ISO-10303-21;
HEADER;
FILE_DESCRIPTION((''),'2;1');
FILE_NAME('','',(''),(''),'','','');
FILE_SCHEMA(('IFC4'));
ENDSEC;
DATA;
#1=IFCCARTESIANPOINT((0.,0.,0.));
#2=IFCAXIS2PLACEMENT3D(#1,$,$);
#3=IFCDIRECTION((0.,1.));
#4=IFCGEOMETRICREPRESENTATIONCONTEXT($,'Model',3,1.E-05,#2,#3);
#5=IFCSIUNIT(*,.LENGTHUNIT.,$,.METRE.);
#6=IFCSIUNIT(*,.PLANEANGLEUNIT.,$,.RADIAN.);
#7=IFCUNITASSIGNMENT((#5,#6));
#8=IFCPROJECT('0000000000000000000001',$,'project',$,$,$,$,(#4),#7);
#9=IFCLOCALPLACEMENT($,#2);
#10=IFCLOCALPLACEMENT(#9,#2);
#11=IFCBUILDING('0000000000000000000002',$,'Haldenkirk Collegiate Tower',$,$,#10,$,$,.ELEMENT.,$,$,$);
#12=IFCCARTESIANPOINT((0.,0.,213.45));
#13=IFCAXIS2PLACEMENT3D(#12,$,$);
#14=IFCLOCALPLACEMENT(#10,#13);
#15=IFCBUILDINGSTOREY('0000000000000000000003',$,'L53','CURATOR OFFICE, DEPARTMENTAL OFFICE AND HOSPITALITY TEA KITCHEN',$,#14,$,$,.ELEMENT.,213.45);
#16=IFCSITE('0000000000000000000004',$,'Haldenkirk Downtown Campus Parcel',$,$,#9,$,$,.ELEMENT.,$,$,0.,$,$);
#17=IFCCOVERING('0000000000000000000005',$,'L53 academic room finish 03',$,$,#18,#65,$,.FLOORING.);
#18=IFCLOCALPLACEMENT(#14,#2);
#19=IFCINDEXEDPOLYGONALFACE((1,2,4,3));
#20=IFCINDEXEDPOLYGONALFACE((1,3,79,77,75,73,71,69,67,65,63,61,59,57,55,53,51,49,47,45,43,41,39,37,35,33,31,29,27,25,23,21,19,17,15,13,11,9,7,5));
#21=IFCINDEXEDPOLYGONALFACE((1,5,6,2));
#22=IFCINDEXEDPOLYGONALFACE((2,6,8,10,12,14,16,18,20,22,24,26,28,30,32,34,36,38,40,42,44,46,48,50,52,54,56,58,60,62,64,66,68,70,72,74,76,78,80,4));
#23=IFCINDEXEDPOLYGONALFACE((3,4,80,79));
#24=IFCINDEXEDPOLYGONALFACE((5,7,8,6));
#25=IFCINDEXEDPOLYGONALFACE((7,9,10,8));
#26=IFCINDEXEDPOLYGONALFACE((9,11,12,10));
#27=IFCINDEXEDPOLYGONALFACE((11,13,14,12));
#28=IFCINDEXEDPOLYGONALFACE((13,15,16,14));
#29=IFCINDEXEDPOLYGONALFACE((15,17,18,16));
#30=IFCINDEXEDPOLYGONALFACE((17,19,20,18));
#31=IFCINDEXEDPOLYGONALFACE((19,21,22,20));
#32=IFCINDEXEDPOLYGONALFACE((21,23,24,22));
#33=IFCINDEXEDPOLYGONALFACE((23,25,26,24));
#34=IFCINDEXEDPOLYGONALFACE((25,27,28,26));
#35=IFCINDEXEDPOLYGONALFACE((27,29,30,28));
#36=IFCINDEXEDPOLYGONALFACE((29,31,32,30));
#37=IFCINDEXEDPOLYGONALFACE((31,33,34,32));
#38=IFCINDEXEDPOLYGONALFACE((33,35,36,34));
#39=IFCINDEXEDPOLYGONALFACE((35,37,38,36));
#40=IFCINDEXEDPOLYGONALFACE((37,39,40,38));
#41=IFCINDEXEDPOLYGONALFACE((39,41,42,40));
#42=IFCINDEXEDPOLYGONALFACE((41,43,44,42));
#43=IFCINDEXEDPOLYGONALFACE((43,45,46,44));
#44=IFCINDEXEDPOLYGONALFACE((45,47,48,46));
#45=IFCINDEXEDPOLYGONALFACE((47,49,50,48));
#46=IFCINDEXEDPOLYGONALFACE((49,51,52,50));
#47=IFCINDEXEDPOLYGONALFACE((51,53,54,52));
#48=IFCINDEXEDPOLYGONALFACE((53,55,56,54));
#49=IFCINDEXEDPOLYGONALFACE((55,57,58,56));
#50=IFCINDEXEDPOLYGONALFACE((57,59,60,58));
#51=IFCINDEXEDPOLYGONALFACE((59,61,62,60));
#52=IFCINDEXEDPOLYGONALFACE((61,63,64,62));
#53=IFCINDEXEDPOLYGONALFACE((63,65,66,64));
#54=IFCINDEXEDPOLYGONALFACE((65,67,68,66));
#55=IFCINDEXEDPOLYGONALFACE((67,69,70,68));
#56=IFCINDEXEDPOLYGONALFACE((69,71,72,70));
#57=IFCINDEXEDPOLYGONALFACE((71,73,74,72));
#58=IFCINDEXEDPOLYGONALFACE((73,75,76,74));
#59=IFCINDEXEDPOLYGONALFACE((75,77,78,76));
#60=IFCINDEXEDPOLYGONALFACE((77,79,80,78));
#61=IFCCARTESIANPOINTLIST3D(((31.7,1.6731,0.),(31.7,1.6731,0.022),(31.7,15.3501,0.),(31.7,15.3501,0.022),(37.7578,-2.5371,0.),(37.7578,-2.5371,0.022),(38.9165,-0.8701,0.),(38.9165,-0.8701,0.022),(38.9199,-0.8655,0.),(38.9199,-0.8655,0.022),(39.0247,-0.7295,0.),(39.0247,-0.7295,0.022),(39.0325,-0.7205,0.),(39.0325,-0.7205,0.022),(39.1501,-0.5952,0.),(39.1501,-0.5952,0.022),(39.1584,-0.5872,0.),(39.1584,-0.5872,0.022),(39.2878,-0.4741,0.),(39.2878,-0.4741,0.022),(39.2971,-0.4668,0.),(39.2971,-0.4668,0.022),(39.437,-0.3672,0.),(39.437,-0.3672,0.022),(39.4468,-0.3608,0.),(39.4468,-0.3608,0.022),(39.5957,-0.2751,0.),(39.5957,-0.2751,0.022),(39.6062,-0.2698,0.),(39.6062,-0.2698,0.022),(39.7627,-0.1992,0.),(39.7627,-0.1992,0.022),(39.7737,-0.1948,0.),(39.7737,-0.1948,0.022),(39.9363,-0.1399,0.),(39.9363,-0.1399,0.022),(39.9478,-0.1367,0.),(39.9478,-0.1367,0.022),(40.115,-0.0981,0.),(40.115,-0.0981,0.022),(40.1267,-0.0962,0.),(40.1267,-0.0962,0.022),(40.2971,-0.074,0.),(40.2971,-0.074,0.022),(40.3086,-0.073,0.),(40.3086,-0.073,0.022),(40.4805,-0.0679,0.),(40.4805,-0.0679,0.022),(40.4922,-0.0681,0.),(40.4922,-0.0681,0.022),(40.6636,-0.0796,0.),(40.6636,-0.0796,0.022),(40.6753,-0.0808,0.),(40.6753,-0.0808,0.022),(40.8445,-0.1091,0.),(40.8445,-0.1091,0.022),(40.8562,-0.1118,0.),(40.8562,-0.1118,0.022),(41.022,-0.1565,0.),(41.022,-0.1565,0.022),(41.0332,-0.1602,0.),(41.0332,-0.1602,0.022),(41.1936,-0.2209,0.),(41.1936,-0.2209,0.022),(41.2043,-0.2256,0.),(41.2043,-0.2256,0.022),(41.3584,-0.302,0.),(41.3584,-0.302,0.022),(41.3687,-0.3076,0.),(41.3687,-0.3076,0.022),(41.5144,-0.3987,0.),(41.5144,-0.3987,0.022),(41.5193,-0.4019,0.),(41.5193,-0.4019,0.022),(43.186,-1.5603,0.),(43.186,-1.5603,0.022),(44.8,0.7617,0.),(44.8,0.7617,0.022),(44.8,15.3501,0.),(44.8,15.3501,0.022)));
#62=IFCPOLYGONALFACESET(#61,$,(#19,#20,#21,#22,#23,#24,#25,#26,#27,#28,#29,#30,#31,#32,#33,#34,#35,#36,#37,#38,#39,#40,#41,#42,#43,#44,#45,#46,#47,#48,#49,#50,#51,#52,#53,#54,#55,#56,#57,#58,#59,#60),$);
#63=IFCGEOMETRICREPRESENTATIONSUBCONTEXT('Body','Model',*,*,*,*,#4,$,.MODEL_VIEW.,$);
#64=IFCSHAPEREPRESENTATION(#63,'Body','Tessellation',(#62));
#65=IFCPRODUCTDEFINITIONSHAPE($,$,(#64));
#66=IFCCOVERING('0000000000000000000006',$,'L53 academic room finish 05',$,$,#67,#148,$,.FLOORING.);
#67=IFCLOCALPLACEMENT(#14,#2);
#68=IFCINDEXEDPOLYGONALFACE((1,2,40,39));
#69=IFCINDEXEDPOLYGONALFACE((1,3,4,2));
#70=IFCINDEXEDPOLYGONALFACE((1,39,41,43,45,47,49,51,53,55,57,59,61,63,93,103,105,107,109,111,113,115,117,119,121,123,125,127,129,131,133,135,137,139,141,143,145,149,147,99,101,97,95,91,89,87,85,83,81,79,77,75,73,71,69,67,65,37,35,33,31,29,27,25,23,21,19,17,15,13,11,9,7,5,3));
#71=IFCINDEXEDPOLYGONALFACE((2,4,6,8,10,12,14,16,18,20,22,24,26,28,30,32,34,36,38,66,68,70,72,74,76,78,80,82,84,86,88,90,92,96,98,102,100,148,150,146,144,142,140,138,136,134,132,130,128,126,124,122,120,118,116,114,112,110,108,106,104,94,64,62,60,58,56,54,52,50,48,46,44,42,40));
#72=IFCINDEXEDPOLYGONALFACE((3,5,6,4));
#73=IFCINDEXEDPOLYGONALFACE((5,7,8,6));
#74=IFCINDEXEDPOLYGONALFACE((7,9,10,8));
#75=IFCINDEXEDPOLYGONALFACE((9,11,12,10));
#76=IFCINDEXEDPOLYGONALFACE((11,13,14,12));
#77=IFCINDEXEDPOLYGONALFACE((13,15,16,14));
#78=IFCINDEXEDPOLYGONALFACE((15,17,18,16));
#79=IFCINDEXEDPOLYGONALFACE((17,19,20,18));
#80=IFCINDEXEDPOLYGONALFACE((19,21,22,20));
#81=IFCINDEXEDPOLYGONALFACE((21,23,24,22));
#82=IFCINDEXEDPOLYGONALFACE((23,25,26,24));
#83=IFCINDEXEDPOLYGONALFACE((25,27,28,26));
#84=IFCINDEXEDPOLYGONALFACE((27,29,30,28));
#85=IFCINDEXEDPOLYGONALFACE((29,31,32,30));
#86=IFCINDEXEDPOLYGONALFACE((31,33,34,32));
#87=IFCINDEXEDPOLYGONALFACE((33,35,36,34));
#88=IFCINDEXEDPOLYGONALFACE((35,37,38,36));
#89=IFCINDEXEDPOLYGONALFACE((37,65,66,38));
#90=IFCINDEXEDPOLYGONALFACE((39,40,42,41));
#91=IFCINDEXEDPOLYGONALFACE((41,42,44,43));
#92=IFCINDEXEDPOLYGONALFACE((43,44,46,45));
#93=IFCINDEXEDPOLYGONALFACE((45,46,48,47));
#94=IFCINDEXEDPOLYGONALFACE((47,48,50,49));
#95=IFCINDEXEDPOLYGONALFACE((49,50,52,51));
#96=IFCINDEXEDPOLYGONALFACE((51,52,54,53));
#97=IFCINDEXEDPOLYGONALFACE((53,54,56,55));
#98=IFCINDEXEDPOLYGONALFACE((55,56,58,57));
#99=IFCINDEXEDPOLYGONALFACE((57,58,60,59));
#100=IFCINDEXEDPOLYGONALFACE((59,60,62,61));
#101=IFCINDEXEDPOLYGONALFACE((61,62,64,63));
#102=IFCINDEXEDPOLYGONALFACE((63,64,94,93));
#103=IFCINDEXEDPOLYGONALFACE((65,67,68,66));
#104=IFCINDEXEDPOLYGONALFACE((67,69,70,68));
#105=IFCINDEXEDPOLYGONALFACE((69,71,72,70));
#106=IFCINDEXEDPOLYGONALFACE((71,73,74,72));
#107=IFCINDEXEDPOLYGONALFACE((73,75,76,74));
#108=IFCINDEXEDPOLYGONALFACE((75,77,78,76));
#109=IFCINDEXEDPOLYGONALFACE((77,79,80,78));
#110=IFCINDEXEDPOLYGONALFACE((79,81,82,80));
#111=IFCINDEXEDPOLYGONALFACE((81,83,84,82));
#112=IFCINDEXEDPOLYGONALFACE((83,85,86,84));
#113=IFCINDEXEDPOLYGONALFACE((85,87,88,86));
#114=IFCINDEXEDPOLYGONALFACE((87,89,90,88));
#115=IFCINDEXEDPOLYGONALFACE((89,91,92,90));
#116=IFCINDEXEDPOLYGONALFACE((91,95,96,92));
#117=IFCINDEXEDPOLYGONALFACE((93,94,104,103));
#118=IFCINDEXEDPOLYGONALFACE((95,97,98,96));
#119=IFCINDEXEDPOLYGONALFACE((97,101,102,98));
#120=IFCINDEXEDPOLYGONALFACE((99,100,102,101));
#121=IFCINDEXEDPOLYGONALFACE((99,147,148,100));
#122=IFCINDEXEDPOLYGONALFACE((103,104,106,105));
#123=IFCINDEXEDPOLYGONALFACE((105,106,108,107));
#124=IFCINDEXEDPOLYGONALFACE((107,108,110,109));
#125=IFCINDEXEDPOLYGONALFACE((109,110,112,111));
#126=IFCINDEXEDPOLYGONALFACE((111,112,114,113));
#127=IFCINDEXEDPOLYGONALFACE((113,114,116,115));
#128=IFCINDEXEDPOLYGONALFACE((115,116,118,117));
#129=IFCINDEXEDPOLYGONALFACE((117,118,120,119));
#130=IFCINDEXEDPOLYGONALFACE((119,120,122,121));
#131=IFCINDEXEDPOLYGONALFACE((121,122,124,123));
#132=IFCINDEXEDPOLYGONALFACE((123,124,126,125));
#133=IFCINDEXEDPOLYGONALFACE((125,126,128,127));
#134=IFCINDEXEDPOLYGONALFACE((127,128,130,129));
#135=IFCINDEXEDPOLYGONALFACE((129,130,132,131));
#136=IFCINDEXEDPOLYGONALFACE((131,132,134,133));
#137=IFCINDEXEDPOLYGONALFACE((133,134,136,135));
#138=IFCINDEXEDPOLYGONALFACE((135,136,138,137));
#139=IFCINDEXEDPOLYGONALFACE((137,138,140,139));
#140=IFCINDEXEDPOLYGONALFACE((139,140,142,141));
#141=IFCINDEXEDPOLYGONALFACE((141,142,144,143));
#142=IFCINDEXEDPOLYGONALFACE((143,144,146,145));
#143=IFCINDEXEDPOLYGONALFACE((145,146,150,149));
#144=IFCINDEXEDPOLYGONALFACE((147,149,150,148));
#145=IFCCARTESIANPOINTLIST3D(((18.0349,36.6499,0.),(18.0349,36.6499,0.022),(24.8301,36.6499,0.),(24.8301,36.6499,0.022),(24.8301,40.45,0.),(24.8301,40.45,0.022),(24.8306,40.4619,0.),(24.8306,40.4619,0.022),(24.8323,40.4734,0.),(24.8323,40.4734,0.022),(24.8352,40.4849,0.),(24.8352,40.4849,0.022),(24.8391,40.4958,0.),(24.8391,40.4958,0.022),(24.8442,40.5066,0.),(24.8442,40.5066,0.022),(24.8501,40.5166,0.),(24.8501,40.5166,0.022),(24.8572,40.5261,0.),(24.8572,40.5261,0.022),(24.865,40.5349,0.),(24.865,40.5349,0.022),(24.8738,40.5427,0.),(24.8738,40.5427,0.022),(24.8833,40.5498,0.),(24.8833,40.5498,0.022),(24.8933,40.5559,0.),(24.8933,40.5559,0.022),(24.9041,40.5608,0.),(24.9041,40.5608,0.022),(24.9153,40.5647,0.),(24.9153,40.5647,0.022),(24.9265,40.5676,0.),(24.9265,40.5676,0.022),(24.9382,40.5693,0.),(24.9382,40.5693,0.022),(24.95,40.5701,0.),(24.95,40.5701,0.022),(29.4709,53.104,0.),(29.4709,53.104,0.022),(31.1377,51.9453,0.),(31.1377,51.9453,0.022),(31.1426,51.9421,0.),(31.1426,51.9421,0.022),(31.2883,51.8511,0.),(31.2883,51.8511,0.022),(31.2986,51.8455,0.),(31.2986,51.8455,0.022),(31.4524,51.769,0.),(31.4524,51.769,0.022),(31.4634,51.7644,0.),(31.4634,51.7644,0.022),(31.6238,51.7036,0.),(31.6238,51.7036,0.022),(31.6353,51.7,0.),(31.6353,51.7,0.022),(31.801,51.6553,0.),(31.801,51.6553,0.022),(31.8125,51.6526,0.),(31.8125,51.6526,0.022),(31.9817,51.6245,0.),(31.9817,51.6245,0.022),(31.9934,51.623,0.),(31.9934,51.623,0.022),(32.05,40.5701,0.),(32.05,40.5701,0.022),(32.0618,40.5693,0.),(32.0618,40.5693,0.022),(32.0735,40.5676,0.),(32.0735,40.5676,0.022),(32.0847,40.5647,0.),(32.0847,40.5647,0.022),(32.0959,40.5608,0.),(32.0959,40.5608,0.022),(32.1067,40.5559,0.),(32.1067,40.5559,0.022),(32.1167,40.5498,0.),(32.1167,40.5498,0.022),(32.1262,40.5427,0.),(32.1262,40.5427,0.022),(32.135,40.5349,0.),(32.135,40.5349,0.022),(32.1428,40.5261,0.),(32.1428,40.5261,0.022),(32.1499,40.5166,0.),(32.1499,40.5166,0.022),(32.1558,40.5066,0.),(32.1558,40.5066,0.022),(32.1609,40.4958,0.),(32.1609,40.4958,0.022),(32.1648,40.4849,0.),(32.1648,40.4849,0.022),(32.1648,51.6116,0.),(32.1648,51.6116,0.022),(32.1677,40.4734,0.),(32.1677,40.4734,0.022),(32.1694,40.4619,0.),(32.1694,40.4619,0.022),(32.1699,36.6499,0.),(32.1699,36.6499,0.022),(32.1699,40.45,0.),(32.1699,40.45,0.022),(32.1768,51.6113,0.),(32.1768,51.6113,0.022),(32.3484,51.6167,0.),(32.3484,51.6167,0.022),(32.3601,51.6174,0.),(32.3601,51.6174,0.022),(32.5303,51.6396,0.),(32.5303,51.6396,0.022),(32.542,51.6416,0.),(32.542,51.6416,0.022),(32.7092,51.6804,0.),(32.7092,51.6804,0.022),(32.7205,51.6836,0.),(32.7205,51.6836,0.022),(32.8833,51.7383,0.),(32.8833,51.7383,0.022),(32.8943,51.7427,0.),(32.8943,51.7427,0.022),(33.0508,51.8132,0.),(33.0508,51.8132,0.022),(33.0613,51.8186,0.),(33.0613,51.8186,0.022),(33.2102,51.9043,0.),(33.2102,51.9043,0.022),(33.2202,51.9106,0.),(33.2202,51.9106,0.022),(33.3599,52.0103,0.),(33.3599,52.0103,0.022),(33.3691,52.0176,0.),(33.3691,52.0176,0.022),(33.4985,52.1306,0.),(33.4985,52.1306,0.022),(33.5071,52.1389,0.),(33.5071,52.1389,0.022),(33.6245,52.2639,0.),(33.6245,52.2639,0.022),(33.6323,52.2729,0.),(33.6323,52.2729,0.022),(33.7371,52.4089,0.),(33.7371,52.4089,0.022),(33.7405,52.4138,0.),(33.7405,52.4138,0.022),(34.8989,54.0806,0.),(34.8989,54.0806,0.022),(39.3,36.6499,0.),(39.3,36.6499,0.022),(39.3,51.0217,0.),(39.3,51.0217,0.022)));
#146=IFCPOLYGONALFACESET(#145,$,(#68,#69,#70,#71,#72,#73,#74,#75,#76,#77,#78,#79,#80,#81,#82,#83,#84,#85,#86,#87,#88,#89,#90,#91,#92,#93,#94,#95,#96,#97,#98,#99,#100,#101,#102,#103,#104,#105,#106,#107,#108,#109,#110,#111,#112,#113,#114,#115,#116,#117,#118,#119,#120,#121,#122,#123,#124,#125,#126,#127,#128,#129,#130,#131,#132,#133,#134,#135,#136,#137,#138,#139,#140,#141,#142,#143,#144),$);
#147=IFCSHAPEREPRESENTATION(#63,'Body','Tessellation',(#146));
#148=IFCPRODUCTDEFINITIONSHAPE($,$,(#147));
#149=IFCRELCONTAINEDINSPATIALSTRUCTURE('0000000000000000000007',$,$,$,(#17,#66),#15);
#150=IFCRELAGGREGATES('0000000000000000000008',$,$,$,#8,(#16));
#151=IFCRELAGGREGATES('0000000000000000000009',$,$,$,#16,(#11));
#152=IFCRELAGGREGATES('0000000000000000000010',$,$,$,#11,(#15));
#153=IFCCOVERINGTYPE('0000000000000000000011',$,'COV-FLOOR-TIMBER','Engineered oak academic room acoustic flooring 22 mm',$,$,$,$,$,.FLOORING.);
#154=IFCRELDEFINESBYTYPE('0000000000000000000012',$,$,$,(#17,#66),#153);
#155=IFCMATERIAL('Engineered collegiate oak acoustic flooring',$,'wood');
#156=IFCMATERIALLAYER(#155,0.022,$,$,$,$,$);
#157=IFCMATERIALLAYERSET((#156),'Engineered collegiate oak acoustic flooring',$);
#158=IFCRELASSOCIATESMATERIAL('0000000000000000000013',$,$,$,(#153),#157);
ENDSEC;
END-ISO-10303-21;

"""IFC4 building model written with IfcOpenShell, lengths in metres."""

from ifc_helpers import new_model, si_unit, direction, frame, origin, place, context, subcontext, project, spatial, polyline, outline, extrude, material, layer, layer_set, type_object, element, save


model = new_model("IFC4")

# Units and contexts
model_context = context("Model", 3, precision=1e-05, world=origin(), true_north=direction((0.0, 1.0)))
body_context = subcontext(model_context, "Body", "Model", "MODEL_VIEW")
ifc_project = project(units=[si_unit("LENGTHUNIT", "METRE"), si_unit("PLANEANGLEUNIT", "RADIAN")], contexts=[model_context])

# Site, building, storey
site_placement = place(None, origin())
site = spatial("IfcSite", under=ifc_project, at=site_placement, Name="Haldenkirk Downtown Campus Parcel", CompositionType="ELEMENT", RefElevation=0.0)
building_placement = place(site_placement, origin())
building = spatial("IfcBuilding", under=site, at=building_placement, Name="Haldenkirk Collegiate Tower", CompositionType="ELEMENT")
storey_placement = place(building_placement, frame((0.0, 0.0, 213.45)))
storey = spatial("IfcBuildingStorey", under=building, at=storey_placement, Name="L53", Description="CURATOR OFFICE, DEPARTMENTAL OFFICE AND HOSPITALITY TEA KITCHEN", CompositionType="ELEMENT", Elevation=213.45)

# Coverings
ifc_material_1 = material(Name="Engineered collegiate oak acoustic flooring", Category="wood")
ifc_layer_1 = layer(ifc_material_1, 0.022)
ifc_layer_set_1 = layer_set([ifc_layer_1], Name="Engineered collegiate oak acoustic flooring")
covering_type_1 = type_object("IfcCoveringType", Name="COV-FLOOR-TIMBER", Description="Engineered oak academic room acoustic flooring 22 mm", PredefinedType="FLOORING", material=ifc_layer_set_1)
covering_1_placement = place(storey_placement, origin())
element("IfcCovering", 1, at=covering_1_placement, inside=storey, type_object=covering_type_1, Name="L53 academic room finish 03", PredefinedType="FLOORING", context=body_context, shape_type="SweptSolid", body=[
    extrude(outline(polyline([(40.8562, -0.1118), (40.8445, -0.1091), (40.6753, -0.0808), (40.6636, -0.0796), (40.4922, -0.0681), (40.4805, -0.0679), (40.3086, -0.073), (40.2971, -0.074), (40.1267, -0.0962), (40.115, -0.0981), (39.9478, -0.1367), (39.9363, -0.1399), (39.7737, -0.1948), (39.7627, -0.1992), (39.6062, -0.2698), (39.5957, -0.2751), (39.4468, -0.3608), (39.437, -0.3672), (39.2971, -0.4668), (39.2878, -0.4741), (39.1584, -0.5872), (39.1501, -0.5952), (39.0325, -0.7205), (39.0247, -0.7295), (38.9199, -0.8655), (38.9165, -0.8701), (37.7578, -2.5371), (31.7, 1.6731), (31.7, 15.3501), (44.8, 15.3501), (44.8, 0.7617), (43.186, -1.5603), (41.5193, -0.4019), (41.5144, -0.3987), (41.3687, -0.3076), (41.3584, -0.302), (41.2043, -0.2256), (41.1936, -0.2209), (41.0332, -0.1602), (41.022, -0.1565), (40.8562, -0.1118)])), origin(), (0.0, 0.0, 1.0), 0.022),
])
covering_2_placement = place(storey_placement, origin())
element("IfcCovering", 2, at=covering_2_placement, inside=storey, type_object=covering_type_1, Name="L53 academic room finish 05", PredefinedType="FLOORING", context=body_context, shape_type="SweptSolid", body=[
    extrude(outline(polyline([(31.1377, 51.9453), (31.1426, 51.9421), (31.2883, 51.8511), (31.2986, 51.8455), (31.4524, 51.769), (31.4634, 51.7644), (31.6238, 51.7036), (31.6353, 51.7), (31.801, 51.6553), (31.8125, 51.6526), (31.9817, 51.6245), (31.9934, 51.623), (32.1648, 51.6116), (32.1768, 51.6113), (32.3484, 51.6167), (32.3601, 51.6174), (32.5303, 51.6396), (32.542, 51.6416), (32.7092, 51.6804), (32.7205, 51.6836), (32.8833, 51.7383), (32.8943, 51.7427), (33.0508, 51.8132), (33.0613, 51.8186), (33.2102, 51.9043), (33.2202, 51.9106), (33.3599, 52.0103), (33.3691, 52.0176), (33.4985, 52.1306), (33.5071, 52.1389), (33.6245, 52.2639), (33.6323, 52.2729), (33.7371, 52.4089), (33.7405, 52.4138), (34.8989, 54.0806), (39.3, 51.0217), (39.3, 36.6499), (32.1699, 36.6499), (32.1699, 40.45), (32.1694, 40.4619), (32.1677, 40.4734), (32.1648, 40.4849), (32.1609, 40.4958), (32.1558, 40.5066), (32.1499, 40.5166), (32.1428, 40.5261), (32.135, 40.5349), (32.1262, 40.5427), (32.1167, 40.5498), (32.1067, 40.5559), (32.0959, 40.5608), (32.0847, 40.5647), (32.0735, 40.5676), (32.0618, 40.5693), (32.05, 40.5701), (24.95, 40.5701), (24.9382, 40.5693), (24.9265, 40.5676), (24.9153, 40.5647), (24.9041, 40.5608), (24.8933, 40.5559), (24.8833, 40.5498), (24.8738, 40.5427), (24.865, 40.5349), (24.8572, 40.5261), (24.8501, 40.5166), (24.8442, 40.5066), (24.8391, 40.4958), (24.8352, 40.4849), (24.8323, 40.4734), (24.8306, 40.4619), (24.8301, 40.45), (24.8301, 36.6499), (18.0349, 36.6499), (29.4709, 53.104), (31.1377, 51.9453)])), origin(), (0.0, 0.0, 1.0), 0.022),
])

save(model, "model.ifc")
